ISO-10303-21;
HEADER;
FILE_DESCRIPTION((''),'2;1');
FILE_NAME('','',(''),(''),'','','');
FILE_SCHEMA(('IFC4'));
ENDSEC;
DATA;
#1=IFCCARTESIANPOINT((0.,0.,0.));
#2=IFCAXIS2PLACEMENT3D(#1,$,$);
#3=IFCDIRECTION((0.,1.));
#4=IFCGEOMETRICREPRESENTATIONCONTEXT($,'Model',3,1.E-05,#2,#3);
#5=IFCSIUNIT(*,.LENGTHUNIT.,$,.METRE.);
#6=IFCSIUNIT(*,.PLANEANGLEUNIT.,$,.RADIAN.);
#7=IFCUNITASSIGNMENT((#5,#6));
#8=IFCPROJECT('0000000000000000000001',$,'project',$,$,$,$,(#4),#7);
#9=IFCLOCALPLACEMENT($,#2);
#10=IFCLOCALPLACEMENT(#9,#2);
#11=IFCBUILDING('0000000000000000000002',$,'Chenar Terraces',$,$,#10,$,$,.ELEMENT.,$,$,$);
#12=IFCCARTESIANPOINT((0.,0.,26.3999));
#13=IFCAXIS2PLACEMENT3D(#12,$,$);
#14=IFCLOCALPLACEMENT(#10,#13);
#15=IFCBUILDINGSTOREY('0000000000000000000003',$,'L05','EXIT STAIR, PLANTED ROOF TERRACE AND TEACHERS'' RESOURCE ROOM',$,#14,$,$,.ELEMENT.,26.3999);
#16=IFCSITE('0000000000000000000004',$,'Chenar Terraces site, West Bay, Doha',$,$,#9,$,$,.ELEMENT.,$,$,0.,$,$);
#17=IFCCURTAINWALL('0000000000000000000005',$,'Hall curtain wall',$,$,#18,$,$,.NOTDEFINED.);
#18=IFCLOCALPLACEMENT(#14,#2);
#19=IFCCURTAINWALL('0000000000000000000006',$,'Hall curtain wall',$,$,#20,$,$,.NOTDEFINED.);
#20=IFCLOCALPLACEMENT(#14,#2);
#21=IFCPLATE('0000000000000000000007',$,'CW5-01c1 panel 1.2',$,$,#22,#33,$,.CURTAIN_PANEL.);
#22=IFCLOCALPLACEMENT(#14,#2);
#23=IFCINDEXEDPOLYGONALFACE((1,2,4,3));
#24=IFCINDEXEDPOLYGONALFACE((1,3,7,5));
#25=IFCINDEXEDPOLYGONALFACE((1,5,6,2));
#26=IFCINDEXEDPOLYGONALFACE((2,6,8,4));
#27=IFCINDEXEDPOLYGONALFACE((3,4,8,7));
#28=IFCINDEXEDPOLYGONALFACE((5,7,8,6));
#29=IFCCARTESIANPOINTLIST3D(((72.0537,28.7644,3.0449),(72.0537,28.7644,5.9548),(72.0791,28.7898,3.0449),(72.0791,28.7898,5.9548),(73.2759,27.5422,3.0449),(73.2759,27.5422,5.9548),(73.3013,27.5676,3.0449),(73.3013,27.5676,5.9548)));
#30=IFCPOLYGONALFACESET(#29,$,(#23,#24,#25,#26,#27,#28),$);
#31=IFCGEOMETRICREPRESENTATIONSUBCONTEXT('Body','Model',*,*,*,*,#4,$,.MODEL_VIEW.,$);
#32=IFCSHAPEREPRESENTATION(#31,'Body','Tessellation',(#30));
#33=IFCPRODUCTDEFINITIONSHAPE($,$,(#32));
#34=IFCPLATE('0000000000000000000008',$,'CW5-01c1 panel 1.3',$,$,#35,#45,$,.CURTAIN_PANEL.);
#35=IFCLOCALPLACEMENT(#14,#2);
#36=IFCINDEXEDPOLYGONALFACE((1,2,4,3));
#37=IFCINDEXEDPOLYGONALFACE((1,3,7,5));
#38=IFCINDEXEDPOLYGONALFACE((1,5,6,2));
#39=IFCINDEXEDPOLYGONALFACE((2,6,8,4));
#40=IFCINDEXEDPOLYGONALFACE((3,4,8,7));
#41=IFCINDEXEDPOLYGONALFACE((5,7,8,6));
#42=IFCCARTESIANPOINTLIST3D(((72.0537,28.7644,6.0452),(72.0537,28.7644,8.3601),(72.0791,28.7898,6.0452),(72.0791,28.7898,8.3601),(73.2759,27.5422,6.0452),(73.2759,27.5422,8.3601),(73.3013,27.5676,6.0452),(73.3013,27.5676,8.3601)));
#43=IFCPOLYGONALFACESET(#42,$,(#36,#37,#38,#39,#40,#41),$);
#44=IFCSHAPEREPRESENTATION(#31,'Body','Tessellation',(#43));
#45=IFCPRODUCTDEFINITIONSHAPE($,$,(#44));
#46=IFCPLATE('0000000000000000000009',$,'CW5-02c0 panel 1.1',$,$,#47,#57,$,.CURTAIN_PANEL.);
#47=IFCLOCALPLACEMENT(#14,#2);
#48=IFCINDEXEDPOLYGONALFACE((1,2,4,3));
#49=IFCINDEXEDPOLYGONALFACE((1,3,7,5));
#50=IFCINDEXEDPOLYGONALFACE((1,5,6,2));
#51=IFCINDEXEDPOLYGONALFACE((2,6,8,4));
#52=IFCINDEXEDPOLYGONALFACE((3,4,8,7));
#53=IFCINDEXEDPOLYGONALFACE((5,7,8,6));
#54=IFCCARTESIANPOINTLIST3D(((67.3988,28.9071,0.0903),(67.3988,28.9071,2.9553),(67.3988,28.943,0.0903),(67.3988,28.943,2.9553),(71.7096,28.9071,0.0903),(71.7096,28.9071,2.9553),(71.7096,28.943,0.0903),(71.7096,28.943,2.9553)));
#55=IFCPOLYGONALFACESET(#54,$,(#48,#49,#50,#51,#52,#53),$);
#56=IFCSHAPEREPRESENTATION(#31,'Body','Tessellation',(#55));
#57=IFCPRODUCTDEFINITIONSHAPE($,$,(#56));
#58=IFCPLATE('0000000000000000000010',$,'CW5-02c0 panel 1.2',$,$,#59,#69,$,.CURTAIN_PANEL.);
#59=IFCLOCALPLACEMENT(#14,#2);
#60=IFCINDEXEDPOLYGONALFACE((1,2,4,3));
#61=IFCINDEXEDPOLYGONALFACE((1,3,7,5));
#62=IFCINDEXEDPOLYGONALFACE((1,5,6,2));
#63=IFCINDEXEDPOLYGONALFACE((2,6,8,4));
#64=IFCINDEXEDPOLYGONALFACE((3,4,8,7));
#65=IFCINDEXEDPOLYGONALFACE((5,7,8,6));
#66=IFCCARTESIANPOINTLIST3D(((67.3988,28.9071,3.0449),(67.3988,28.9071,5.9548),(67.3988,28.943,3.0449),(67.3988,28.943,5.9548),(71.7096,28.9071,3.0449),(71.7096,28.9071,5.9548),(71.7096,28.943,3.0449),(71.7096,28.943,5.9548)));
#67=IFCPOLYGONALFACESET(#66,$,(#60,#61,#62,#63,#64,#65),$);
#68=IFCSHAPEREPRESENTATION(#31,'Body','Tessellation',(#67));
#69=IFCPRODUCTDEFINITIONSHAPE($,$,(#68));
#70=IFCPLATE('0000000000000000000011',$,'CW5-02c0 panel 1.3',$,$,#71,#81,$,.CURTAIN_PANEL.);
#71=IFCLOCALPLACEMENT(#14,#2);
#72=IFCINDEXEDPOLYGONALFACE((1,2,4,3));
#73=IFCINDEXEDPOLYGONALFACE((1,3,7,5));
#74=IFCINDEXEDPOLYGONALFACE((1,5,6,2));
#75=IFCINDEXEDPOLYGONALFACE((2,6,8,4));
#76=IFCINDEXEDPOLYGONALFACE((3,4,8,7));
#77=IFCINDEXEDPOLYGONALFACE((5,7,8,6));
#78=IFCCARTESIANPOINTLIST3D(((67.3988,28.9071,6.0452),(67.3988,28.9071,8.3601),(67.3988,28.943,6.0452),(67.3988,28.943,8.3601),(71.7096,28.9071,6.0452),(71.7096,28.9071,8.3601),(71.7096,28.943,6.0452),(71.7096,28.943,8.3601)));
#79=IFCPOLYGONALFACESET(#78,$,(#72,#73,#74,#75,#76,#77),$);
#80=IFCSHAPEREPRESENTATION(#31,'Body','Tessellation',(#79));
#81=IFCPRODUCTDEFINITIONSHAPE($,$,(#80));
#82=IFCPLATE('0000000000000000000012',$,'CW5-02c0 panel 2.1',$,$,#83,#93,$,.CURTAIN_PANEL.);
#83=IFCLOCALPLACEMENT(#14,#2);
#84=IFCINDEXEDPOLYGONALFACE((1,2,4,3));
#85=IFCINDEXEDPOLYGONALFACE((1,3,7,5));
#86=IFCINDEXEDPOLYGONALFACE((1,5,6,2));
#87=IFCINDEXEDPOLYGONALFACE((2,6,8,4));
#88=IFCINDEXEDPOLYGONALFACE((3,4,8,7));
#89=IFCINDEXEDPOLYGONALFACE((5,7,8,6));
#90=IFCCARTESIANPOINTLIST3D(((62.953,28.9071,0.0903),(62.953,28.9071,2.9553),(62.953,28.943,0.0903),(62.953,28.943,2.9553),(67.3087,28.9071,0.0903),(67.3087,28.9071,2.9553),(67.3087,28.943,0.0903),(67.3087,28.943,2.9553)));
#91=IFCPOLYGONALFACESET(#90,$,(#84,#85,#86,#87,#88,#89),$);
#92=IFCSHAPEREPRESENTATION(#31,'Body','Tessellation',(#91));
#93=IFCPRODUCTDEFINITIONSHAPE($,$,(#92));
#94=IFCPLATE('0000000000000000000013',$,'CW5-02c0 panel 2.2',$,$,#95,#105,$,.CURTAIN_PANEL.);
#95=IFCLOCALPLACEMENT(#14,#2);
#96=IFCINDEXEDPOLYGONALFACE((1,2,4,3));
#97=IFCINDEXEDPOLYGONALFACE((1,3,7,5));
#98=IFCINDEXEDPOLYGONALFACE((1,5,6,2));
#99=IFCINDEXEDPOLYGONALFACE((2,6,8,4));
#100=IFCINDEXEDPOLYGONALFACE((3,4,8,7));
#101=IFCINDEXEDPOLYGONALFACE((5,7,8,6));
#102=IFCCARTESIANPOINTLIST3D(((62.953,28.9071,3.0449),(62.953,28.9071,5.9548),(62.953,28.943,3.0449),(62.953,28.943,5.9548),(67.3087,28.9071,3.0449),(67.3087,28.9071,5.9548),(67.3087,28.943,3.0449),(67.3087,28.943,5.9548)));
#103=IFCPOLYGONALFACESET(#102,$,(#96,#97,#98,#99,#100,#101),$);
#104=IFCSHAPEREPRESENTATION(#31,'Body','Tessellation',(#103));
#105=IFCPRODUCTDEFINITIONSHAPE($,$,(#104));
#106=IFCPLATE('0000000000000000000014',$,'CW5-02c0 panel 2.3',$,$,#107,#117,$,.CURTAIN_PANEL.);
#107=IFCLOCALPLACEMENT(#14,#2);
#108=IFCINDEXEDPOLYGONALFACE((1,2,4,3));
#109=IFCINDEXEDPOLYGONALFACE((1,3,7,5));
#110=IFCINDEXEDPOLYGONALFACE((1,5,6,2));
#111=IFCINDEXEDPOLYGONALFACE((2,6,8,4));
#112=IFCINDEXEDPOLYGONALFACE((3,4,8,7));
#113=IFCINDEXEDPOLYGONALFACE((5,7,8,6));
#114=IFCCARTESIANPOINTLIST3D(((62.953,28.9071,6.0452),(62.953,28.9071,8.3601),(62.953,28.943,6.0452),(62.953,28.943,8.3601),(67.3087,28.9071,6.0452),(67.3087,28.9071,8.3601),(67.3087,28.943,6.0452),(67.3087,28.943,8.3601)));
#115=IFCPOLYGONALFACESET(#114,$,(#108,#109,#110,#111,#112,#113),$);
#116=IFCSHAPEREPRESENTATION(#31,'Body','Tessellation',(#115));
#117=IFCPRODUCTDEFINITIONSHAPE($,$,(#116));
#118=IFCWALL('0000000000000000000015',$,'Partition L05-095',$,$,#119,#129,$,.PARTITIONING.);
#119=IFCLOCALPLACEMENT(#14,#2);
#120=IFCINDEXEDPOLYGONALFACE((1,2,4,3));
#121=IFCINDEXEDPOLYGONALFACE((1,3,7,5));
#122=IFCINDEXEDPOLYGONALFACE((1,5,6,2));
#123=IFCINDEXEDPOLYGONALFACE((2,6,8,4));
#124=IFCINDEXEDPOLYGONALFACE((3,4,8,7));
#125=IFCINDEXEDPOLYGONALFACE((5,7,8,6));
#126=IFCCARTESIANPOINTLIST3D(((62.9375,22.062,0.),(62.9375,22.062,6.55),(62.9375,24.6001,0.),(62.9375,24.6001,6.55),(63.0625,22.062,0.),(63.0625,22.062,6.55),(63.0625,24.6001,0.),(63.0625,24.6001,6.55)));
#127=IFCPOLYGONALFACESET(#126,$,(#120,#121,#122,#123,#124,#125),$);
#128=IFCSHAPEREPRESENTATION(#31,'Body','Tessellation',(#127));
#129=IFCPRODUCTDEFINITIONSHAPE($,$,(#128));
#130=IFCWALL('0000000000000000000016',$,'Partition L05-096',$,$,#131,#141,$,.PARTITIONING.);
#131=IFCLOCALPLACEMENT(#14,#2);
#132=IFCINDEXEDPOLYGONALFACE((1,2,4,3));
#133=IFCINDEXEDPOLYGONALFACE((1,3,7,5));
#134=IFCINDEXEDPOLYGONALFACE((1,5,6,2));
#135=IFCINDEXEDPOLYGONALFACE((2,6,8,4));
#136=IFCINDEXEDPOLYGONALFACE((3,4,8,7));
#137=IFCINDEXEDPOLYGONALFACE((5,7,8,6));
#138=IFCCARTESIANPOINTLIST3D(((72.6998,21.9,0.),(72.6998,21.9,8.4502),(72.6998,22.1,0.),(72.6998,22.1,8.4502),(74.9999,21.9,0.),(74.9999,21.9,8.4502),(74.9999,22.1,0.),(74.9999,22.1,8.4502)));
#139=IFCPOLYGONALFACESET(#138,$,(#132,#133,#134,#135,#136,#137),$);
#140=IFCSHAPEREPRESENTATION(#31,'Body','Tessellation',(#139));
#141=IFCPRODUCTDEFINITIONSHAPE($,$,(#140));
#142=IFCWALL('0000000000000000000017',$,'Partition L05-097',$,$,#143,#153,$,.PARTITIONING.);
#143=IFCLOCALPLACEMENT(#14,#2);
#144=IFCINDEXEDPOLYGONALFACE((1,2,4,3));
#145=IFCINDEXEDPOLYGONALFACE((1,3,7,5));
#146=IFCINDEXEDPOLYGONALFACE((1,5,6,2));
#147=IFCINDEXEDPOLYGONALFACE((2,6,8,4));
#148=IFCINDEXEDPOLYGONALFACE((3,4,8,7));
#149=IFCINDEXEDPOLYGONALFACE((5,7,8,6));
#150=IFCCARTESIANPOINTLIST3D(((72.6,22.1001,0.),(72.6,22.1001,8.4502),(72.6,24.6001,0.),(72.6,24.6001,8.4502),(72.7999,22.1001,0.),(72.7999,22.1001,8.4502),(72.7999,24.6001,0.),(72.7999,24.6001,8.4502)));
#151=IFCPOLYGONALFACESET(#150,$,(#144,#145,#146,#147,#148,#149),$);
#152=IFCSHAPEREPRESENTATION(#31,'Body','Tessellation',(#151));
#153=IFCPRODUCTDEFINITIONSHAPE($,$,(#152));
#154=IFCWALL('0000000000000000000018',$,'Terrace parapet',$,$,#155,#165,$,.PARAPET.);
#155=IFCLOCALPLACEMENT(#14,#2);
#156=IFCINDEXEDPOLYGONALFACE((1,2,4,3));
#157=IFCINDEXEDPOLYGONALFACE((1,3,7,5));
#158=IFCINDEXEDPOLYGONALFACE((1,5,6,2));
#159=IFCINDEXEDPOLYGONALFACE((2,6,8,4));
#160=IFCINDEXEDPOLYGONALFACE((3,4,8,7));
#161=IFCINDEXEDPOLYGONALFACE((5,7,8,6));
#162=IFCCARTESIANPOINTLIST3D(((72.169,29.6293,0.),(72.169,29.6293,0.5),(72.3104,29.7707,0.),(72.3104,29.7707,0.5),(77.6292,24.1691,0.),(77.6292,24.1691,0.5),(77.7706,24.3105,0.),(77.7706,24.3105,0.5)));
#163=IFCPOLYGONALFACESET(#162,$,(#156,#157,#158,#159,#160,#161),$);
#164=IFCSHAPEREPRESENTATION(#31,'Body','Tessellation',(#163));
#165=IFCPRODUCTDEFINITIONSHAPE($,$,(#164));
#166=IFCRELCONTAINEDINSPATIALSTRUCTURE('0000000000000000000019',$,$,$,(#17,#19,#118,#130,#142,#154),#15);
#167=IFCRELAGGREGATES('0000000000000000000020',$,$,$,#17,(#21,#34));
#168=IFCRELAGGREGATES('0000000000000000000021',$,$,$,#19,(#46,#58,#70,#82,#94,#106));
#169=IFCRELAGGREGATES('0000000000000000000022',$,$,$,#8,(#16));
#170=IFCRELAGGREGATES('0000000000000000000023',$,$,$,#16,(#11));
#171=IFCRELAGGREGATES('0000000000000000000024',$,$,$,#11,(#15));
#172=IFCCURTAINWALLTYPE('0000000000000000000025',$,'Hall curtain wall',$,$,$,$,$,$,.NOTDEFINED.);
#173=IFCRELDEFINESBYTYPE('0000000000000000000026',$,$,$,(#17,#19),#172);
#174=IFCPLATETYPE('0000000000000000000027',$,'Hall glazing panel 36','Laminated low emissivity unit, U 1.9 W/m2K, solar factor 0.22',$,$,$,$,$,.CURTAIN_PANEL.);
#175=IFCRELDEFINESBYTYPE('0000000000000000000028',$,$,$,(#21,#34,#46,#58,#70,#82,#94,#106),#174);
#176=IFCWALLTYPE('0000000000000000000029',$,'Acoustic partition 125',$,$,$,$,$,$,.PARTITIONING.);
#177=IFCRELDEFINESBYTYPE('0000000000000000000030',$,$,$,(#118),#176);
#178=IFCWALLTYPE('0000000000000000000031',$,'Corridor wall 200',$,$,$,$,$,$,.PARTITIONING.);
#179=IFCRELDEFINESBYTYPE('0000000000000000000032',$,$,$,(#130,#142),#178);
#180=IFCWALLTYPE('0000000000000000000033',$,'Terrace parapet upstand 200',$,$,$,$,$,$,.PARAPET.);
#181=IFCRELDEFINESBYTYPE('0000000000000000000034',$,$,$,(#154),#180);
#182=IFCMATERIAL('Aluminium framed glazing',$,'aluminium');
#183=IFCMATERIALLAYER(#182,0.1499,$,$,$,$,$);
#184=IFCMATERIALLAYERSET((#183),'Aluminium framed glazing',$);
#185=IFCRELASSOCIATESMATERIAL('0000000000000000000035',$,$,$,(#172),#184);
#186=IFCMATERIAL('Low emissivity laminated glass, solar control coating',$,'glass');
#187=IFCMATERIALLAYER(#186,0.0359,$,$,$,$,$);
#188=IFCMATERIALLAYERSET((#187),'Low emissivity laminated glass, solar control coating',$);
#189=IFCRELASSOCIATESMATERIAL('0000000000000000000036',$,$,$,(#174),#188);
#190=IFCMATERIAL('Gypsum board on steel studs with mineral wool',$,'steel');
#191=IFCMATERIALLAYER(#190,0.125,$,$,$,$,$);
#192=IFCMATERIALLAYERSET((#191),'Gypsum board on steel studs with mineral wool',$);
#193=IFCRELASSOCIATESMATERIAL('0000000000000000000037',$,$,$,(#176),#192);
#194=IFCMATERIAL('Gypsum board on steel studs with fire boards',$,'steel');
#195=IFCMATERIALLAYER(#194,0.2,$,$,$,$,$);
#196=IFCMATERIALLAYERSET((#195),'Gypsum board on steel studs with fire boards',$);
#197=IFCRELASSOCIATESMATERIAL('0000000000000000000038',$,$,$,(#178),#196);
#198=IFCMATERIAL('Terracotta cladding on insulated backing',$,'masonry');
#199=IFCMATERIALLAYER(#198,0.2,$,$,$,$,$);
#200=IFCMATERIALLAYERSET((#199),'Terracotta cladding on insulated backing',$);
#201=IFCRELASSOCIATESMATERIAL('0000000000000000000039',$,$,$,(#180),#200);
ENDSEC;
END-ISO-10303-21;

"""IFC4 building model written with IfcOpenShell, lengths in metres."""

from ifc_helpers import new_model, si_unit, direction, frame, frame_2d, origin, origin_2d, place, context, subcontext, project, spatial, rectangle, extrude, material, layer, layer_set, type_object, element, aggregate, save


model = new_model("IFC4")

# Units and contexts
model_context = context("Model", 3, precision=1e-05, world=origin(), true_north=direction((0.0, 1.0)))
body_context = subcontext(model_context, "Body", "Model", "MODEL_VIEW")
ifc_project = project(units=[si_unit("LENGTHUNIT", "METRE"), si_unit("PLANEANGLEUNIT", "RADIAN")], contexts=[model_context])

# Site, building, storey
site_placement = place(None, origin())
site = spatial("IfcSite", under=ifc_project, at=site_placement, Name="Chenar Terraces site, West Bay, Doha", CompositionType="ELEMENT", RefElevation=0.0)
building_placement = place(site_placement, origin())
building = spatial("IfcBuilding", under=site, at=building_placement, Name="Chenar Terraces", CompositionType="ELEMENT")
storey_placement = place(building_placement, frame((0.0, 0.0, 26.3999)))
storey = spatial("IfcBuildingStorey", under=building, at=storey_placement, Name="L05", Description="EXIT STAIR, PLANTED ROOF TERRACE AND TEACHERS' RESOURCE ROOM", CompositionType="ELEMENT", Elevation=26.3999)

# Curtain wall
ifc_material_1 = material(Name="Aluminium framed glazing", Category="aluminium")
ifc_layer_1 = layer(ifc_material_1, 0.1499)
ifc_layer_set_1 = layer_set([ifc_layer_1], Name="Aluminium framed glazing")
curtain_wall_type = type_object("IfcCurtainWallType", Name="Hall curtain wall", PredefinedType="NOTDEFINED", material=ifc_layer_set_1)
placement = place(storey_placement, origin())
curtain_wall_1 = element("IfcCurtainWall", 1, at=placement, inside=storey, type_object=curtain_wall_type, Name="Hall curtain wall", PredefinedType="NOTDEFINED")

# Curtain wall
curtain_wall_2 = element("IfcCurtainWall", 2, at=placement, inside=storey, type_object=curtain_wall_type, Name="Hall curtain wall", PredefinedType="NOTDEFINED")

# Plates
ifc_material_2 = material(Name="Low emissivity laminated glass, solar control coating", Category="glass")
ifc_layer_2 = layer(ifc_material_2, 0.0359)
ifc_layer_set_2 = layer_set([ifc_layer_2], Name="Low emissivity laminated glass, solar control coating")
plate_type = type_object("IfcPlateType", Name="Hall glazing panel 36", Description="Laminated low emissivity unit, U 1.9 W/m2K, solar factor 0.22", PredefinedType="CURTAIN_PANEL", material=ifc_layer_set_2)
plate_1_placement = place(storey_placement, frame((72.6775, 28.166, 3.0449), z_axis=(0.0, 0.0, 1.0), x_axis=(-0.707107, 0.707107, 0.0)))
plate_1 = element("IfcPlate", 3, at=plate_1_placement, type_object=plate_type, Name="CW5-01c1 panel 1.2", PredefinedType="CURTAIN_PANEL", context=body_context, shape_type="SweptSolid", body=[
    extrude(rectangle(XDim=1.7285, YDim=0.0359, at=origin_2d()), origin(), (0.0, 0.0, 1.0), 2.9099),
])
plate_2_placement = place(storey_placement, frame((72.6775, 28.166, 6.0452), z_axis=(0.0, 0.0, 1.0), x_axis=(-0.707107, 0.707107, 0.0)))
plate_2 = element("IfcPlate", 4, at=plate_2_placement, type_object=plate_type, Name="CW5-01c1 panel 1.3", PredefinedType="CURTAIN_PANEL", context=body_context, shape_type="SweptSolid", body=[
    extrude(rectangle(XDim=1.7285, YDim=0.0359, at=origin_2d()), origin(), (0.0, 0.0, 1.0), 2.3149),
])
aggregate(curtain_wall_1, [plate_1, plate_2])
plate_3_placement = place(storey_placement, frame((69.5542, 28.925, 0.0903), z_axis=(0.0, 0.0, 1.0), x_axis=(-1.0, 0.0, 0.0)))
plate_3 = element("IfcPlate", 5, at=plate_3_placement, type_object=plate_type, Name="CW5-02c0 panel 1.1", PredefinedType="CURTAIN_PANEL", context=body_context, shape_type="SweptSolid", body=[
    extrude(rectangle(XDim=4.3108, YDim=0.0359, at=origin_2d()), origin(), (0.0, 0.0, 1.0), 2.865),
])
plate_4_placement = place(storey_placement, frame((69.5542, 28.925, 3.0449), z_axis=(0.0, 0.0, 1.0), x_axis=(-1.0, 0.0, 0.0)))
plate_4 = element("IfcPlate", 6, at=plate_4_placement, type_object=plate_type, Name="CW5-02c0 panel 1.2", PredefinedType="CURTAIN_PANEL", context=body_context, shape_type="SweptSolid", body=[
    extrude(rectangle(XDim=4.3108, YDim=0.0359, at=origin_2d()), origin(), (0.0, 0.0, 1.0), 2.9099),
])
plate_5_placement = place(storey_placement, frame((69.5542, 28.925, 6.0452), z_axis=(0.0, 0.0, 1.0), x_axis=(-1.0, 0.0, 0.0)))
plate_5 = element("IfcPlate", 7, at=plate_5_placement, type_object=plate_type, Name="CW5-02c0 panel 1.3", PredefinedType="CURTAIN_PANEL", context=body_context, shape_type="SweptSolid", body=[
    extrude(rectangle(XDim=4.3108, YDim=0.0359, at=origin_2d()), origin(), (0.0, 0.0, 1.0), 2.3149),
])
plate_6_placement = place(storey_placement, frame((65.1309, 28.925, 0.0903), z_axis=(0.0, 0.0, 1.0), x_axis=(-1.0, 0.0, 0.0)))
plate_6 = element("IfcPlate", 8, at=plate_6_placement, type_object=plate_type, Name="CW5-02c0 panel 2.1", PredefinedType="CURTAIN_PANEL", context=body_context, shape_type="SweptSolid", body=[
    extrude(rectangle(XDim=4.3557, YDim=0.0359, at=origin_2d()), origin(), (0.0, 0.0, 1.0), 2.865),
])
plate_7_placement = place(storey_placement, frame((65.1309, 28.925, 3.0449), z_axis=(0.0, 0.0, 1.0), x_axis=(-1.0, 0.0, 0.0)))
plate_7 = element("IfcPlate", 9, at=plate_7_placement, type_object=plate_type, Name="CW5-02c0 panel 2.2", PredefinedType="CURTAIN_PANEL", context=body_context, shape_type="SweptSolid", body=[
    extrude(rectangle(XDim=4.3557, YDim=0.0359, at=origin_2d()), origin(), (0.0, 0.0, 1.0), 2.9099),
])
plate_8_placement = place(storey_placement, frame((65.1309, 28.925, 6.0452), z_axis=(0.0, 0.0, 1.0), x_axis=(-1.0, 0.0, 0.0)))
plate_8 = element("IfcPlate", 10, at=plate_8_placement, type_object=plate_type, Name="CW5-02c0 panel 2.3", PredefinedType="CURTAIN_PANEL", context=body_context, shape_type="SweptSolid", body=[
    extrude(rectangle(XDim=4.3557, YDim=0.0359, at=origin_2d()), origin(), (0.0, 0.0, 1.0), 2.3149),
])
aggregate(curtain_wall_2, [plate_3, plate_4, plate_5, plate_6, plate_7, plate_8])

# Walls
ifc_material_3 = material(Name="Gypsum board on steel studs with mineral wool", Category="steel")
ifc_layer_3 = layer(ifc_material_3, 0.125)
ifc_layer_set_3 = layer_set([ifc_layer_3], Name="Gypsum board on steel studs with mineral wool")
wall_type_1 = type_object("IfcWallType", Name="Acoustic partition 125", PredefinedType="PARTITIONING", material=ifc_layer_set_3)
wall_1_placement = place(storey_placement, frame((63.0, 22.062, 0.0), z_axis=(0.0, 0.0, 1.0), x_axis=(0.0, 1.0, 0.0)))
element("IfcWall", 11, at=wall_1_placement, inside=storey, type_object=wall_type_1, Name="Partition L05-095", PredefinedType="PARTITIONING", context=body_context, shape_type="SweptSolid", body=[
    extrude(rectangle(XDim=2.5381, YDim=0.125, at=frame_2d((1.269, 0.0))), origin(), (0.0, 0.0, 1.0), 6.55),
])
ifc_material_4 = material(Name="Gypsum board on steel studs with fire boards", Category="steel")
ifc_layer_4 = layer(ifc_material_4, 0.2)
ifc_layer_set_4 = layer_set([ifc_layer_4], Name="Gypsum board on steel studs with fire boards")
wall_type_2 = type_object("IfcWallType", Name="Corridor wall 200", PredefinedType="PARTITIONING", material=ifc_layer_set_4)
wall_2_placement = place(storey_placement, frame((72.7, 22.0, 0.0), z_axis=(0.0, 0.0, 1.0), x_axis=(1.0, 0.0, 0.0)))
element("IfcWall", 12, at=wall_2_placement, inside=storey, type_object=wall_type_2, Name="Partition L05-096", PredefinedType="PARTITIONING", context=body_context, shape_type="SweptSolid", body=[
    extrude(rectangle(XDim=2.3, YDim=0.2, at=frame_2d((1.1499, 0.0))), origin(), (0.0, 0.0, 1.0), 8.4502),
])
wall_3_placement = place(storey_placement, frame((72.7, 22.1001, 0.0), z_axis=(0.0, 0.0, 1.0), x_axis=(0.0, 1.0, 0.0)))
element("IfcWall", 13, at=wall_3_placement, inside=storey, type_object=wall_type_2, Name="Partition L05-097", PredefinedType="PARTITIONING", context=body_context, shape_type="SweptSolid", body=[
    extrude(rectangle(XDim=2.5, YDim=0.2, at=frame_2d((1.25, 0.0))), origin(), (0.0, 0.0, 1.0), 8.4502),
])
ifc_material_5 = material(Name="Terracotta cladding on insulated backing", Category="masonry")
ifc_layer_5 = layer(ifc_material_5, 0.2)
ifc_layer_set_5 = layer_set([ifc_layer_5], Name="Terracotta cladding on insulated backing")
wall_type_3 = type_object("IfcWallType", Name="Terrace parapet upstand 200", PredefinedType="PARAPET", material=ifc_layer_set_5)
wall_4_placement = place(storey_placement, frame((72.2397, 29.7, 0.0), z_axis=(0.0, 0.0, 1.0), x_axis=(0.707107, -0.707107, 0.0)))
element("IfcWall", 14, at=wall_4_placement, inside=storey, type_object=wall_type_3, Name="Terrace parapet", PredefinedType="PARAPET", context=body_context, shape_type="SweptSolid", body=[
    extrude(rectangle(XDim=7.7219, YDim=0.2, at=frame_2d((3.8608, 0.0))), origin(), (0.0, 0.0, 1.0), 0.5),
])

save(model, "model.ifc")
